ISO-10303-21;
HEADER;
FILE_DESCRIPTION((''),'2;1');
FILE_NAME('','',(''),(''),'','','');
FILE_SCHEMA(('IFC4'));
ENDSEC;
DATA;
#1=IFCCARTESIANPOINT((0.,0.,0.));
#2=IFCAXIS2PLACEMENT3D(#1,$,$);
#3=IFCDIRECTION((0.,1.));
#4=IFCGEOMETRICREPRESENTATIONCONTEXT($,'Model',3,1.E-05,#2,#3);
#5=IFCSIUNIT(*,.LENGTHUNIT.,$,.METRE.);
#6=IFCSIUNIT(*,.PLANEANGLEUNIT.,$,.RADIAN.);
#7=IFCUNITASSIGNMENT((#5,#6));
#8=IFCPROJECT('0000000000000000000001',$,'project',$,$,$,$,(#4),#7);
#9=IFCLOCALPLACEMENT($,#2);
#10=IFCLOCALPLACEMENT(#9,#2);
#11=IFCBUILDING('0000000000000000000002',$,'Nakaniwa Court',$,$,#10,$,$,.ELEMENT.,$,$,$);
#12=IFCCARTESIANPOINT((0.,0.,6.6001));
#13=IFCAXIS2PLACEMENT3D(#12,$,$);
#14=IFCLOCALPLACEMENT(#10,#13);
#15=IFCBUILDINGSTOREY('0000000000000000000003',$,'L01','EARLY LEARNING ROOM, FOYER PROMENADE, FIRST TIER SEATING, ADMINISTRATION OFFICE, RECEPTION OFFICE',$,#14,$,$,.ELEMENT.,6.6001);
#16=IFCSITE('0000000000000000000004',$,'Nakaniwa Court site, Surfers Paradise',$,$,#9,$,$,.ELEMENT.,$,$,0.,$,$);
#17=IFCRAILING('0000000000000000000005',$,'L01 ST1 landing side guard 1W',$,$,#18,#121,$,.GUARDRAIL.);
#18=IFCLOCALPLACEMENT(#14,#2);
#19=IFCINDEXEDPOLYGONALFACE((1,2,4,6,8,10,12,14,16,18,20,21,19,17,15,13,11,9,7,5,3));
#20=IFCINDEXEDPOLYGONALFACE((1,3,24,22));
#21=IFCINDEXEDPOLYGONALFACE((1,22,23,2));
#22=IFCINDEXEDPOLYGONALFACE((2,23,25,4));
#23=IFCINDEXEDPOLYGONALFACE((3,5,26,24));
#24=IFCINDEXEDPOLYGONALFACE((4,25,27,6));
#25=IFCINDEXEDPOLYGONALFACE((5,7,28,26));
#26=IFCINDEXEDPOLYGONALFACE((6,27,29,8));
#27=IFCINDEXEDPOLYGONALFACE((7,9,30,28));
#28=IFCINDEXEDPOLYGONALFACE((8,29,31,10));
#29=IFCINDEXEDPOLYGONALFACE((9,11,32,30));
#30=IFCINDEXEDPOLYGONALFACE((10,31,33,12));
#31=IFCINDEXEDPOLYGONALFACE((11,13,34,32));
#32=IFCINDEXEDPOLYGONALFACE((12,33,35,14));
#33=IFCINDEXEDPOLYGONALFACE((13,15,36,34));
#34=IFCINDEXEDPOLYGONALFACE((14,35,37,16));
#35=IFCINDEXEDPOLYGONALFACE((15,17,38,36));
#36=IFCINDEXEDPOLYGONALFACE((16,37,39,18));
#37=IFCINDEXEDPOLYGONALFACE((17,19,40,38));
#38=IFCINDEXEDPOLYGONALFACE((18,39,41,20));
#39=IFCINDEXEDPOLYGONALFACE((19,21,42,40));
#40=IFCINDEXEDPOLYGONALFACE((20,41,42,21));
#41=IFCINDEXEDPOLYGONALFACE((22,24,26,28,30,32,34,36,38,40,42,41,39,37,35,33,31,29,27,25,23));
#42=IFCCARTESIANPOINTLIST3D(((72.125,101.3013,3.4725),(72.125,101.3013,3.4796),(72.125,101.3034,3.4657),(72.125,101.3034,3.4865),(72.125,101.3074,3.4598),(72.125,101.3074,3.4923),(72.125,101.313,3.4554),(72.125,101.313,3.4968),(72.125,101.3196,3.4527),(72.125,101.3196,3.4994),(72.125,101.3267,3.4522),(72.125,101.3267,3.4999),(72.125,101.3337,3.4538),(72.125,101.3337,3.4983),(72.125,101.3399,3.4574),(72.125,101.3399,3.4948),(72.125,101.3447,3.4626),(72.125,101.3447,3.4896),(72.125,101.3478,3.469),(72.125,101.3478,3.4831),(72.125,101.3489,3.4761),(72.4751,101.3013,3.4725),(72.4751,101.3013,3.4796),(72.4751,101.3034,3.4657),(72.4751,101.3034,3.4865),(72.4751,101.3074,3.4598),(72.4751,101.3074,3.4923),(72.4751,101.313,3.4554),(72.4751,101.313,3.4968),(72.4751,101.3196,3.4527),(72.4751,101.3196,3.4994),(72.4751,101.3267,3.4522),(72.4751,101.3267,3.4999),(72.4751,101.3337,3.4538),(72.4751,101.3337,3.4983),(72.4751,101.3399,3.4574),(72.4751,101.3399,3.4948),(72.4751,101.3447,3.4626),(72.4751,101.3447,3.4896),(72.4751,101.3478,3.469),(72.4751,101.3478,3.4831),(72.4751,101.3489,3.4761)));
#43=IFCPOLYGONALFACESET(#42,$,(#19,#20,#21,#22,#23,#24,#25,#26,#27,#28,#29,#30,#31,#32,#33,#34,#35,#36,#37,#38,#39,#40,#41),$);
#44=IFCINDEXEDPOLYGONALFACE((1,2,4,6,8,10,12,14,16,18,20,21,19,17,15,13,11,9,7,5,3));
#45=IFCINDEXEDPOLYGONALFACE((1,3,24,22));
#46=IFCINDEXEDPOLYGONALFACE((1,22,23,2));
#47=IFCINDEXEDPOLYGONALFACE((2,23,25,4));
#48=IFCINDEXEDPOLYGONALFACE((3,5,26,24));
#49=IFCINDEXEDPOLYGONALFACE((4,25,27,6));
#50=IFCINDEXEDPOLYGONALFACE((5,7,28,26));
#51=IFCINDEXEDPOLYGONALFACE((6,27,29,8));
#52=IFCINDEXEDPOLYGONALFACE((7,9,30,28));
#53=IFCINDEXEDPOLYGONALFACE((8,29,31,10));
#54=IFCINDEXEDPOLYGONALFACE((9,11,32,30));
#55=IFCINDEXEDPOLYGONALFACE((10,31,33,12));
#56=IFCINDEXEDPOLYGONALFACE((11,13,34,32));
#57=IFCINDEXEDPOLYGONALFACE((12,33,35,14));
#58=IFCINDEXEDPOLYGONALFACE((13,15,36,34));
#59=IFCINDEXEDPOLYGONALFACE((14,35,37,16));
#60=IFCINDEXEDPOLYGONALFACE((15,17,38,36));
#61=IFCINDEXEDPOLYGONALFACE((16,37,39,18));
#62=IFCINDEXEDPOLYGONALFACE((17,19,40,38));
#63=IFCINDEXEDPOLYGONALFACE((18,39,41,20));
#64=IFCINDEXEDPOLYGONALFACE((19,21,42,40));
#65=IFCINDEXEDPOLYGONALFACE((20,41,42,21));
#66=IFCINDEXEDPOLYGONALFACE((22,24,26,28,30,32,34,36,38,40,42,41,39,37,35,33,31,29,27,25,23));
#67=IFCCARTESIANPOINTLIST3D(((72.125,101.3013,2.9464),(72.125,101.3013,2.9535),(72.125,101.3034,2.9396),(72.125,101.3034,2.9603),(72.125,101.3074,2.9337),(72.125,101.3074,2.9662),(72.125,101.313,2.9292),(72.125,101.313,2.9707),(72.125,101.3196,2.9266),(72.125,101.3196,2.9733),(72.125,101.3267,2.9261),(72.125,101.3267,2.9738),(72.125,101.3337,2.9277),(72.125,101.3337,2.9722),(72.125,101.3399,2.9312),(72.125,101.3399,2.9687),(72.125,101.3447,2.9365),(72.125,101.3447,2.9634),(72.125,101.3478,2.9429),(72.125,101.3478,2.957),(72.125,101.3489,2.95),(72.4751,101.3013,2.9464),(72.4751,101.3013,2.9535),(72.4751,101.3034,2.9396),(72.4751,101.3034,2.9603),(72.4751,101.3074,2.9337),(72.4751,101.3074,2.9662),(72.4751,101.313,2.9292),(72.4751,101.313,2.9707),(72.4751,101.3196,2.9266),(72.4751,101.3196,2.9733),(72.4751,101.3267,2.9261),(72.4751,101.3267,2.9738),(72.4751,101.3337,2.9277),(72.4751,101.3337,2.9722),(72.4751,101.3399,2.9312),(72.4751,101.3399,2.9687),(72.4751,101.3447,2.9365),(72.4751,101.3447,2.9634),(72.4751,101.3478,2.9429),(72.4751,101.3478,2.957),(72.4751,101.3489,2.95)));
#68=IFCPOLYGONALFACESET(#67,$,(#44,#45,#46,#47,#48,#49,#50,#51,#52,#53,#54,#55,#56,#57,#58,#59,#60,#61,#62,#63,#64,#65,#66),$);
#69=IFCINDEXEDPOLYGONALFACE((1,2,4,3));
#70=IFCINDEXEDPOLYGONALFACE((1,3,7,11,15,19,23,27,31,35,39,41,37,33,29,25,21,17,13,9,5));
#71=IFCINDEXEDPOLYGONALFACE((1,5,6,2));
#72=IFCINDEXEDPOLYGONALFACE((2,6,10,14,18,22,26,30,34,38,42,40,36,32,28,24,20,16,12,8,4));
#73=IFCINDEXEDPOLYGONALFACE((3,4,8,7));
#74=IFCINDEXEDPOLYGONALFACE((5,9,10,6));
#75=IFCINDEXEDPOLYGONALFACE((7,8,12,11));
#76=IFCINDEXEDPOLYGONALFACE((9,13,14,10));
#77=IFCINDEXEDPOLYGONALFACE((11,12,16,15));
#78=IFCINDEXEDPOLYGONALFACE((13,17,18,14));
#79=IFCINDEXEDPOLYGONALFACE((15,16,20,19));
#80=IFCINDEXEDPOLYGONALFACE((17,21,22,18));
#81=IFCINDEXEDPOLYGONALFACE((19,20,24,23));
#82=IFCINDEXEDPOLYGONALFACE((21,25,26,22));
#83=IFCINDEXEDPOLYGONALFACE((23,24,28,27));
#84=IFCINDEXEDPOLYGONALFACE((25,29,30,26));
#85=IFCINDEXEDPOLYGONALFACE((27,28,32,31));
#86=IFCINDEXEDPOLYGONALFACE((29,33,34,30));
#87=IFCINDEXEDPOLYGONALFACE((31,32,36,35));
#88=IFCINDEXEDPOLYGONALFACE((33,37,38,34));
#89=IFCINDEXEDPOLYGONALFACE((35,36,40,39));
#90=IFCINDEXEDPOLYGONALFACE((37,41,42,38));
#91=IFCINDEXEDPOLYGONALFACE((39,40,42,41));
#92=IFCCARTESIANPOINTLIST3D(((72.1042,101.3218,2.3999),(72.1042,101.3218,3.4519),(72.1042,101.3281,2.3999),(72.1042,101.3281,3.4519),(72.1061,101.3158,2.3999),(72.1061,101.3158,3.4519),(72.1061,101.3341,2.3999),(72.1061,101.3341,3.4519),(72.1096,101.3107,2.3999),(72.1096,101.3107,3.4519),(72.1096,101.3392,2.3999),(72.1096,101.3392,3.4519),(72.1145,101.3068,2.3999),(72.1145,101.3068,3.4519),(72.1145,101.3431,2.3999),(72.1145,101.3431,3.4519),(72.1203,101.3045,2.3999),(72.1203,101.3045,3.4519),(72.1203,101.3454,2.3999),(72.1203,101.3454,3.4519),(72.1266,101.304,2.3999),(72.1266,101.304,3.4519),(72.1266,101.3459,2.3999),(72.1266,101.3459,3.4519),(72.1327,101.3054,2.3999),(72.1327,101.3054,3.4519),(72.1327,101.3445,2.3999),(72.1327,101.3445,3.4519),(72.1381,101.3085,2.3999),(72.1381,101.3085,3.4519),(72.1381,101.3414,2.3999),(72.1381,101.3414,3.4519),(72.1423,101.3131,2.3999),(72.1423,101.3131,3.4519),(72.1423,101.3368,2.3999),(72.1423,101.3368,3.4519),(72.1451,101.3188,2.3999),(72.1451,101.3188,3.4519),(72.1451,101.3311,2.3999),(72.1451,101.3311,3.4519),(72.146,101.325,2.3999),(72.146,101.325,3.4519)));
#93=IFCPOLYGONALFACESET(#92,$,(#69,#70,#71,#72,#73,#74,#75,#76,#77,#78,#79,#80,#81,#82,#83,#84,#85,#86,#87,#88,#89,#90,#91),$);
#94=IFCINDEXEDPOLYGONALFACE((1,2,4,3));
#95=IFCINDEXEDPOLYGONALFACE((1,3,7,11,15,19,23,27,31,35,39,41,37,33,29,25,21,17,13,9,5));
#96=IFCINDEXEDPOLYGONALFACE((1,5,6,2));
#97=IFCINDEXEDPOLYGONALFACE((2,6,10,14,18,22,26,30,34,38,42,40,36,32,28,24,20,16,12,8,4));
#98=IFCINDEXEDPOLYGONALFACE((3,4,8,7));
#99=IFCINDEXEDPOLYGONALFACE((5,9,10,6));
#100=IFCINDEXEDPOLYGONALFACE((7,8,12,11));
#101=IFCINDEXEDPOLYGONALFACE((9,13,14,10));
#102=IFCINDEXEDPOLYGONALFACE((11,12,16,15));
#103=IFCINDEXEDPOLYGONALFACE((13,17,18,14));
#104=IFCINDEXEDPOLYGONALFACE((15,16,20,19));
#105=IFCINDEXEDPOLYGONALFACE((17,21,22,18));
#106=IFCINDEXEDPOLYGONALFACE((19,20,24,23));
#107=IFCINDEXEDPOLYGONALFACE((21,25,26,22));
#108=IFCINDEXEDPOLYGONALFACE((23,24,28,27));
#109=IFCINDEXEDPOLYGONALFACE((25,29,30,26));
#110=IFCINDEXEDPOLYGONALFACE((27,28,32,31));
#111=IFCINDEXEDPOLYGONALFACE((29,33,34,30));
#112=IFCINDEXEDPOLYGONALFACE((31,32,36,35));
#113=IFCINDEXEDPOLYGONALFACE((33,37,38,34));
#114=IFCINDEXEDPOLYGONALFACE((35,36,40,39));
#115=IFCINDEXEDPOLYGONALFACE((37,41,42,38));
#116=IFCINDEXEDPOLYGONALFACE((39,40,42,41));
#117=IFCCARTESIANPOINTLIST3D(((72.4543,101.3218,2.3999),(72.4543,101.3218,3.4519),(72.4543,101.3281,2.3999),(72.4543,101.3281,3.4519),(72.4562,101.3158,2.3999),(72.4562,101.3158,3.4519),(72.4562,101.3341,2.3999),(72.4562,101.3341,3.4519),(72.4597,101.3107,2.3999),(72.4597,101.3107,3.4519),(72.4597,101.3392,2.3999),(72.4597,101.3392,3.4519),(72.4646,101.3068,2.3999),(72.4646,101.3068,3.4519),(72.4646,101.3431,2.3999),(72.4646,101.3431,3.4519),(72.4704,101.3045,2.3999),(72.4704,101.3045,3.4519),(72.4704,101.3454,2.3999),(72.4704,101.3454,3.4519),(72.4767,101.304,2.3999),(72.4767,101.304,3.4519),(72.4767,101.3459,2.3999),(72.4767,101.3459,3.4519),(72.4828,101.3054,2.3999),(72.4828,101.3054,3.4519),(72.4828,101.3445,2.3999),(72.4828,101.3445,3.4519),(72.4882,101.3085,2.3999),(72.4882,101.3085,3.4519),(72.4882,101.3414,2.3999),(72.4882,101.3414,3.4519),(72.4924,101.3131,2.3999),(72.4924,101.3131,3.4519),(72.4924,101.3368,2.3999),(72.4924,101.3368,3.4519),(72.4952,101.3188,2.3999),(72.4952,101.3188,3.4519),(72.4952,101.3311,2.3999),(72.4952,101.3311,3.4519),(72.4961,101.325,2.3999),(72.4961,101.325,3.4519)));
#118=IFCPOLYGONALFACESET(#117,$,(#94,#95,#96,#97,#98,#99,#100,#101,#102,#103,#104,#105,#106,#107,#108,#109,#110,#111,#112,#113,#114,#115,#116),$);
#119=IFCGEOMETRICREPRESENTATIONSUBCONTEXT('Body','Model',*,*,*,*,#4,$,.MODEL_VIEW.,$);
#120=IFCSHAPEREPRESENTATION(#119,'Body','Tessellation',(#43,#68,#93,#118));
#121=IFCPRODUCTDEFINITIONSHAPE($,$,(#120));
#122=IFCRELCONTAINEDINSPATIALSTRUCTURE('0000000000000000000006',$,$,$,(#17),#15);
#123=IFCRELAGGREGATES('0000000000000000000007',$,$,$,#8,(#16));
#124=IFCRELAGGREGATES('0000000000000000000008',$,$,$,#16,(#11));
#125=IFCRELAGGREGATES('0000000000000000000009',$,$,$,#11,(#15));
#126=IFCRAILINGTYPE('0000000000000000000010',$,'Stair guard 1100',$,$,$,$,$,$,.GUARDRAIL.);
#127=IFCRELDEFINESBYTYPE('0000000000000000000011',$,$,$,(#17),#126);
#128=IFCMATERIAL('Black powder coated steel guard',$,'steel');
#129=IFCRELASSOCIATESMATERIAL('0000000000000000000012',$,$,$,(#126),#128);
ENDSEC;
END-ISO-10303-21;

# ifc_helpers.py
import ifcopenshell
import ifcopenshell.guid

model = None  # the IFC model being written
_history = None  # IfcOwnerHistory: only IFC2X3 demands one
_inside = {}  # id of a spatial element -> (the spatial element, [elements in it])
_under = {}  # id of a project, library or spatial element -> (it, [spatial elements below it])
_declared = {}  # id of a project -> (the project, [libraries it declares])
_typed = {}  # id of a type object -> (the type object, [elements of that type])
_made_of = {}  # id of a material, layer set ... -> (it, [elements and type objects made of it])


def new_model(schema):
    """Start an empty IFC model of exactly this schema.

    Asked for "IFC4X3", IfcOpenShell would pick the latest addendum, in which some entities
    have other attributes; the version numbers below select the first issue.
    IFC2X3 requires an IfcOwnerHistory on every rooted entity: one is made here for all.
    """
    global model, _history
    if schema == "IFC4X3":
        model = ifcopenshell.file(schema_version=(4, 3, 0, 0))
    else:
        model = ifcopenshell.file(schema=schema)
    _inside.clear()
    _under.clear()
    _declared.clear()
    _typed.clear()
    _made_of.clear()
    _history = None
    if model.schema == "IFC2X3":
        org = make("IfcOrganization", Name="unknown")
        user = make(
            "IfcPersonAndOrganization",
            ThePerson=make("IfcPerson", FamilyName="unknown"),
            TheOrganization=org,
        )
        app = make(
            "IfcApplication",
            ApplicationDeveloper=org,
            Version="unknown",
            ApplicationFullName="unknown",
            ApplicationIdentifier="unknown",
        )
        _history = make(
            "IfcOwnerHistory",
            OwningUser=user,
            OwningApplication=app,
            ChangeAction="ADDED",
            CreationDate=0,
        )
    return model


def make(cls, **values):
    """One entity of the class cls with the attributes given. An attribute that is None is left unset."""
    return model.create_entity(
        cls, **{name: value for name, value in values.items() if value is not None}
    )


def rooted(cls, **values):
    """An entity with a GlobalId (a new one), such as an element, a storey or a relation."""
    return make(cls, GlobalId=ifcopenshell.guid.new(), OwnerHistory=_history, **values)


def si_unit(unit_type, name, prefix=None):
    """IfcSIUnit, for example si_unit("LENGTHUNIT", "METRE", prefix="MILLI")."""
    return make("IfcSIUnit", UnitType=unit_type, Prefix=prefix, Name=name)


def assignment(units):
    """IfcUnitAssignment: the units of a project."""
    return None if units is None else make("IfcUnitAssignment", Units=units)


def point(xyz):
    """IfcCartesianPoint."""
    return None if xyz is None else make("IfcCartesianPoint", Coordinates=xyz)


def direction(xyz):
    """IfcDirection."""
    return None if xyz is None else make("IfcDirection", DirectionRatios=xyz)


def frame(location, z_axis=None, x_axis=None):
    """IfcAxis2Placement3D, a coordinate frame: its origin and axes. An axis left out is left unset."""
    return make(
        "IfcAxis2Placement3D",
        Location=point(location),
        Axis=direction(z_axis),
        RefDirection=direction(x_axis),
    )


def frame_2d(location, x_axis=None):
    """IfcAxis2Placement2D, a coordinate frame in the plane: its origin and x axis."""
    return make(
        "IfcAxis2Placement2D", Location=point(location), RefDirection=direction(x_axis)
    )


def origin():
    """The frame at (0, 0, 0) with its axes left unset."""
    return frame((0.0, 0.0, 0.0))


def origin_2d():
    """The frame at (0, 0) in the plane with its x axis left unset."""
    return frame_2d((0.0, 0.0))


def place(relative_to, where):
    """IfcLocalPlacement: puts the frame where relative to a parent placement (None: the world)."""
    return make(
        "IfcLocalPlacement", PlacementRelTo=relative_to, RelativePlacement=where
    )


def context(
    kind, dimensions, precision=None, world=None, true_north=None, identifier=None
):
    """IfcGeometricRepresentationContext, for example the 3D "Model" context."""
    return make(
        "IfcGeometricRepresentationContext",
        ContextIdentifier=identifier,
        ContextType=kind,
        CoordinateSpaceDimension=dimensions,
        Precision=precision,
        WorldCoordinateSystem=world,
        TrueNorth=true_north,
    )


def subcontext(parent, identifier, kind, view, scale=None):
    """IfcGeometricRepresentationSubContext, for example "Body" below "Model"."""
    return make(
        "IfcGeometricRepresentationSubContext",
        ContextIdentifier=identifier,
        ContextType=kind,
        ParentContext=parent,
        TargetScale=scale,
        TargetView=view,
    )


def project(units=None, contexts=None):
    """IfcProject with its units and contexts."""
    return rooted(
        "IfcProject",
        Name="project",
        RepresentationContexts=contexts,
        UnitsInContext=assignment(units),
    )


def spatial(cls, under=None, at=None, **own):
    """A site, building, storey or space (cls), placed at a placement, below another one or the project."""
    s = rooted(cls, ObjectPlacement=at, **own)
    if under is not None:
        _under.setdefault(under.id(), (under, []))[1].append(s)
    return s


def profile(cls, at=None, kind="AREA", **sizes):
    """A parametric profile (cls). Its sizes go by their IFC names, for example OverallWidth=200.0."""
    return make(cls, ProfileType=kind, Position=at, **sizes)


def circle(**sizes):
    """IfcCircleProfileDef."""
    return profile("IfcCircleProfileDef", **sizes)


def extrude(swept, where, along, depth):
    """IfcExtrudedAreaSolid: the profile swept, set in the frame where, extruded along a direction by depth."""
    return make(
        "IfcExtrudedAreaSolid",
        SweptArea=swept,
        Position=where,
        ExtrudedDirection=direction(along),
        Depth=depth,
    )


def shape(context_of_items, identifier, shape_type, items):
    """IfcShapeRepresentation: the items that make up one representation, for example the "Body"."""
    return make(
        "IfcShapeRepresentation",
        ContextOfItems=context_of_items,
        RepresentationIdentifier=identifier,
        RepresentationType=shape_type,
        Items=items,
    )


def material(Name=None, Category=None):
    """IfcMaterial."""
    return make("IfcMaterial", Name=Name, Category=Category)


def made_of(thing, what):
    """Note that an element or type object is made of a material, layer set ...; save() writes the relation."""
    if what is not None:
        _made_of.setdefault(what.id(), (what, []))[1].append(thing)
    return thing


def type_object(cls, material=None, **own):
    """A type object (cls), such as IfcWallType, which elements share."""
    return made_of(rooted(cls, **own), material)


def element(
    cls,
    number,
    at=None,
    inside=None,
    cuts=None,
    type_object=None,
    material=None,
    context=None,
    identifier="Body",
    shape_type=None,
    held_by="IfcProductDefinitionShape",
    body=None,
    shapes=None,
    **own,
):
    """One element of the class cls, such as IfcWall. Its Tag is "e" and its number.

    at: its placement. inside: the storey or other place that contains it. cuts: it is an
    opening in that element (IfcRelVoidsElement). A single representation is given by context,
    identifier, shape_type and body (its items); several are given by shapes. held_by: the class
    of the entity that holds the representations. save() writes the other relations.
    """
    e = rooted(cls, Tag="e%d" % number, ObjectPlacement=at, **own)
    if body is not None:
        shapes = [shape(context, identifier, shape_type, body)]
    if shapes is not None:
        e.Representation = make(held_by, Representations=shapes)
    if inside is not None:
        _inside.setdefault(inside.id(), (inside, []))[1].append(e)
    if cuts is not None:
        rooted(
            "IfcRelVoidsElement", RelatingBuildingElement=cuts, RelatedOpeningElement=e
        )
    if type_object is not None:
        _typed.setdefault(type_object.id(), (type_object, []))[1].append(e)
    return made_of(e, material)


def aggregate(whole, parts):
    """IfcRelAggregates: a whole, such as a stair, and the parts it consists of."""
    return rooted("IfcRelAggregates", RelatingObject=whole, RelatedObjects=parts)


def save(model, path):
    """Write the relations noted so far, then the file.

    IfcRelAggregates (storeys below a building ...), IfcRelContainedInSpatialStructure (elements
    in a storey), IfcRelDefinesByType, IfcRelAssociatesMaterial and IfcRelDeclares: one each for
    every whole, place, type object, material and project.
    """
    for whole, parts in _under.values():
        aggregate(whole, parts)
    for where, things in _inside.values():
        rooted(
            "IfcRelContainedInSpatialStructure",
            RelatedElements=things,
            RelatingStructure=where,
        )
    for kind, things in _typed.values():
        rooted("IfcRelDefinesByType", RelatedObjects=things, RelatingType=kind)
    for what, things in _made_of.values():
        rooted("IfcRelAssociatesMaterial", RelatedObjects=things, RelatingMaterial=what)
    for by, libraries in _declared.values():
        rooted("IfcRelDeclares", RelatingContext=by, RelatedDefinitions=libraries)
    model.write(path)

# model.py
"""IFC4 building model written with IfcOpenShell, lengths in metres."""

from ifc_helpers import new_model, si_unit, direction, frame, origin, origin_2d, place, context, subcontext, project, spatial, circle, extrude, material, type_object, element, save


model = new_model("IFC4")

# Units and contexts
model_context = context("Model", 3, precision=1e-05, world=origin(), true_north=direction((0.0, 1.0)))
body_context = subcontext(model_context, "Body", "Model", "MODEL_VIEW")
ifc_project = project(units=[si_unit("LENGTHUNIT", "METRE"), si_unit("PLANEANGLEUNIT", "RADIAN")], contexts=[model_context])

# Site, building, storey
site_placement = place(None, origin())
site = spatial("IfcSite", under=ifc_project, at=site_placement, Name="Nakaniwa Court site, Surfers Paradise", CompositionType="ELEMENT", RefElevation=0.0)
building_placement = place(site_placement, origin())
building = spatial("IfcBuilding", under=site, at=building_placement, Name="Nakaniwa Court", CompositionType="ELEMENT")
storey_placement = place(building_placement, frame((0.0, 0.0, 6.6001)))
storey = spatial("IfcBuildingStorey", under=building, at=storey_placement, Name="L01", Description="EARLY LEARNING ROOM, FOYER PROMENADE, FIRST TIER SEATING, ADMINISTRATION OFFICE, RECEPTION OFFICE", CompositionType="ELEMENT", Elevation=6.6001)

# Railing
ifc_material_1 = material(Name="Black powder coated steel guard", Category="steel")
railing_type = type_object("IfcRailingType", Name="Stair guard 1100", PredefinedType="GUARDRAIL", material=ifc_material_1)
railing_1_placement = place(storey_placement, frame((72.125, 101.325, 2.3999)))
element("IfcRailing", 1, at=railing_1_placement, inside=storey, type_object=railing_type, Name="L01 ST1 landing side guard 1W", PredefinedType="GUARDRAIL", context=body_context, shape_type="SweptSolid", body=[
    extrude(circle(Radius=0.0239, at=origin_2d()), frame((0.0, 0.0, 1.0762), z_axis=(1.0, 0.0, 0.0), x_axis=(0.0, 1.0, 0.0)), (0.0, 0.0, 1.0), 0.3501),
    extrude(circle(Radius=0.0239, at=origin_2d()), frame((0.0, 0.0, 0.55), z_axis=(1.0, 0.0, 0.0), x_axis=(0.0, 1.0, 0.0)), (0.0, 0.0, 1.0), 0.3501),
    extrude(circle(Radius=0.021, at=origin_2d()), origin(), (0.0, 0.0, 1.0), 1.052),
    extrude(circle(Radius=0.021, at=origin_2d()), frame((0.3501, 0.0, 0.0)), (0.0, 0.0, 1.0), 1.052),
])

save(model, "model.ifc")
